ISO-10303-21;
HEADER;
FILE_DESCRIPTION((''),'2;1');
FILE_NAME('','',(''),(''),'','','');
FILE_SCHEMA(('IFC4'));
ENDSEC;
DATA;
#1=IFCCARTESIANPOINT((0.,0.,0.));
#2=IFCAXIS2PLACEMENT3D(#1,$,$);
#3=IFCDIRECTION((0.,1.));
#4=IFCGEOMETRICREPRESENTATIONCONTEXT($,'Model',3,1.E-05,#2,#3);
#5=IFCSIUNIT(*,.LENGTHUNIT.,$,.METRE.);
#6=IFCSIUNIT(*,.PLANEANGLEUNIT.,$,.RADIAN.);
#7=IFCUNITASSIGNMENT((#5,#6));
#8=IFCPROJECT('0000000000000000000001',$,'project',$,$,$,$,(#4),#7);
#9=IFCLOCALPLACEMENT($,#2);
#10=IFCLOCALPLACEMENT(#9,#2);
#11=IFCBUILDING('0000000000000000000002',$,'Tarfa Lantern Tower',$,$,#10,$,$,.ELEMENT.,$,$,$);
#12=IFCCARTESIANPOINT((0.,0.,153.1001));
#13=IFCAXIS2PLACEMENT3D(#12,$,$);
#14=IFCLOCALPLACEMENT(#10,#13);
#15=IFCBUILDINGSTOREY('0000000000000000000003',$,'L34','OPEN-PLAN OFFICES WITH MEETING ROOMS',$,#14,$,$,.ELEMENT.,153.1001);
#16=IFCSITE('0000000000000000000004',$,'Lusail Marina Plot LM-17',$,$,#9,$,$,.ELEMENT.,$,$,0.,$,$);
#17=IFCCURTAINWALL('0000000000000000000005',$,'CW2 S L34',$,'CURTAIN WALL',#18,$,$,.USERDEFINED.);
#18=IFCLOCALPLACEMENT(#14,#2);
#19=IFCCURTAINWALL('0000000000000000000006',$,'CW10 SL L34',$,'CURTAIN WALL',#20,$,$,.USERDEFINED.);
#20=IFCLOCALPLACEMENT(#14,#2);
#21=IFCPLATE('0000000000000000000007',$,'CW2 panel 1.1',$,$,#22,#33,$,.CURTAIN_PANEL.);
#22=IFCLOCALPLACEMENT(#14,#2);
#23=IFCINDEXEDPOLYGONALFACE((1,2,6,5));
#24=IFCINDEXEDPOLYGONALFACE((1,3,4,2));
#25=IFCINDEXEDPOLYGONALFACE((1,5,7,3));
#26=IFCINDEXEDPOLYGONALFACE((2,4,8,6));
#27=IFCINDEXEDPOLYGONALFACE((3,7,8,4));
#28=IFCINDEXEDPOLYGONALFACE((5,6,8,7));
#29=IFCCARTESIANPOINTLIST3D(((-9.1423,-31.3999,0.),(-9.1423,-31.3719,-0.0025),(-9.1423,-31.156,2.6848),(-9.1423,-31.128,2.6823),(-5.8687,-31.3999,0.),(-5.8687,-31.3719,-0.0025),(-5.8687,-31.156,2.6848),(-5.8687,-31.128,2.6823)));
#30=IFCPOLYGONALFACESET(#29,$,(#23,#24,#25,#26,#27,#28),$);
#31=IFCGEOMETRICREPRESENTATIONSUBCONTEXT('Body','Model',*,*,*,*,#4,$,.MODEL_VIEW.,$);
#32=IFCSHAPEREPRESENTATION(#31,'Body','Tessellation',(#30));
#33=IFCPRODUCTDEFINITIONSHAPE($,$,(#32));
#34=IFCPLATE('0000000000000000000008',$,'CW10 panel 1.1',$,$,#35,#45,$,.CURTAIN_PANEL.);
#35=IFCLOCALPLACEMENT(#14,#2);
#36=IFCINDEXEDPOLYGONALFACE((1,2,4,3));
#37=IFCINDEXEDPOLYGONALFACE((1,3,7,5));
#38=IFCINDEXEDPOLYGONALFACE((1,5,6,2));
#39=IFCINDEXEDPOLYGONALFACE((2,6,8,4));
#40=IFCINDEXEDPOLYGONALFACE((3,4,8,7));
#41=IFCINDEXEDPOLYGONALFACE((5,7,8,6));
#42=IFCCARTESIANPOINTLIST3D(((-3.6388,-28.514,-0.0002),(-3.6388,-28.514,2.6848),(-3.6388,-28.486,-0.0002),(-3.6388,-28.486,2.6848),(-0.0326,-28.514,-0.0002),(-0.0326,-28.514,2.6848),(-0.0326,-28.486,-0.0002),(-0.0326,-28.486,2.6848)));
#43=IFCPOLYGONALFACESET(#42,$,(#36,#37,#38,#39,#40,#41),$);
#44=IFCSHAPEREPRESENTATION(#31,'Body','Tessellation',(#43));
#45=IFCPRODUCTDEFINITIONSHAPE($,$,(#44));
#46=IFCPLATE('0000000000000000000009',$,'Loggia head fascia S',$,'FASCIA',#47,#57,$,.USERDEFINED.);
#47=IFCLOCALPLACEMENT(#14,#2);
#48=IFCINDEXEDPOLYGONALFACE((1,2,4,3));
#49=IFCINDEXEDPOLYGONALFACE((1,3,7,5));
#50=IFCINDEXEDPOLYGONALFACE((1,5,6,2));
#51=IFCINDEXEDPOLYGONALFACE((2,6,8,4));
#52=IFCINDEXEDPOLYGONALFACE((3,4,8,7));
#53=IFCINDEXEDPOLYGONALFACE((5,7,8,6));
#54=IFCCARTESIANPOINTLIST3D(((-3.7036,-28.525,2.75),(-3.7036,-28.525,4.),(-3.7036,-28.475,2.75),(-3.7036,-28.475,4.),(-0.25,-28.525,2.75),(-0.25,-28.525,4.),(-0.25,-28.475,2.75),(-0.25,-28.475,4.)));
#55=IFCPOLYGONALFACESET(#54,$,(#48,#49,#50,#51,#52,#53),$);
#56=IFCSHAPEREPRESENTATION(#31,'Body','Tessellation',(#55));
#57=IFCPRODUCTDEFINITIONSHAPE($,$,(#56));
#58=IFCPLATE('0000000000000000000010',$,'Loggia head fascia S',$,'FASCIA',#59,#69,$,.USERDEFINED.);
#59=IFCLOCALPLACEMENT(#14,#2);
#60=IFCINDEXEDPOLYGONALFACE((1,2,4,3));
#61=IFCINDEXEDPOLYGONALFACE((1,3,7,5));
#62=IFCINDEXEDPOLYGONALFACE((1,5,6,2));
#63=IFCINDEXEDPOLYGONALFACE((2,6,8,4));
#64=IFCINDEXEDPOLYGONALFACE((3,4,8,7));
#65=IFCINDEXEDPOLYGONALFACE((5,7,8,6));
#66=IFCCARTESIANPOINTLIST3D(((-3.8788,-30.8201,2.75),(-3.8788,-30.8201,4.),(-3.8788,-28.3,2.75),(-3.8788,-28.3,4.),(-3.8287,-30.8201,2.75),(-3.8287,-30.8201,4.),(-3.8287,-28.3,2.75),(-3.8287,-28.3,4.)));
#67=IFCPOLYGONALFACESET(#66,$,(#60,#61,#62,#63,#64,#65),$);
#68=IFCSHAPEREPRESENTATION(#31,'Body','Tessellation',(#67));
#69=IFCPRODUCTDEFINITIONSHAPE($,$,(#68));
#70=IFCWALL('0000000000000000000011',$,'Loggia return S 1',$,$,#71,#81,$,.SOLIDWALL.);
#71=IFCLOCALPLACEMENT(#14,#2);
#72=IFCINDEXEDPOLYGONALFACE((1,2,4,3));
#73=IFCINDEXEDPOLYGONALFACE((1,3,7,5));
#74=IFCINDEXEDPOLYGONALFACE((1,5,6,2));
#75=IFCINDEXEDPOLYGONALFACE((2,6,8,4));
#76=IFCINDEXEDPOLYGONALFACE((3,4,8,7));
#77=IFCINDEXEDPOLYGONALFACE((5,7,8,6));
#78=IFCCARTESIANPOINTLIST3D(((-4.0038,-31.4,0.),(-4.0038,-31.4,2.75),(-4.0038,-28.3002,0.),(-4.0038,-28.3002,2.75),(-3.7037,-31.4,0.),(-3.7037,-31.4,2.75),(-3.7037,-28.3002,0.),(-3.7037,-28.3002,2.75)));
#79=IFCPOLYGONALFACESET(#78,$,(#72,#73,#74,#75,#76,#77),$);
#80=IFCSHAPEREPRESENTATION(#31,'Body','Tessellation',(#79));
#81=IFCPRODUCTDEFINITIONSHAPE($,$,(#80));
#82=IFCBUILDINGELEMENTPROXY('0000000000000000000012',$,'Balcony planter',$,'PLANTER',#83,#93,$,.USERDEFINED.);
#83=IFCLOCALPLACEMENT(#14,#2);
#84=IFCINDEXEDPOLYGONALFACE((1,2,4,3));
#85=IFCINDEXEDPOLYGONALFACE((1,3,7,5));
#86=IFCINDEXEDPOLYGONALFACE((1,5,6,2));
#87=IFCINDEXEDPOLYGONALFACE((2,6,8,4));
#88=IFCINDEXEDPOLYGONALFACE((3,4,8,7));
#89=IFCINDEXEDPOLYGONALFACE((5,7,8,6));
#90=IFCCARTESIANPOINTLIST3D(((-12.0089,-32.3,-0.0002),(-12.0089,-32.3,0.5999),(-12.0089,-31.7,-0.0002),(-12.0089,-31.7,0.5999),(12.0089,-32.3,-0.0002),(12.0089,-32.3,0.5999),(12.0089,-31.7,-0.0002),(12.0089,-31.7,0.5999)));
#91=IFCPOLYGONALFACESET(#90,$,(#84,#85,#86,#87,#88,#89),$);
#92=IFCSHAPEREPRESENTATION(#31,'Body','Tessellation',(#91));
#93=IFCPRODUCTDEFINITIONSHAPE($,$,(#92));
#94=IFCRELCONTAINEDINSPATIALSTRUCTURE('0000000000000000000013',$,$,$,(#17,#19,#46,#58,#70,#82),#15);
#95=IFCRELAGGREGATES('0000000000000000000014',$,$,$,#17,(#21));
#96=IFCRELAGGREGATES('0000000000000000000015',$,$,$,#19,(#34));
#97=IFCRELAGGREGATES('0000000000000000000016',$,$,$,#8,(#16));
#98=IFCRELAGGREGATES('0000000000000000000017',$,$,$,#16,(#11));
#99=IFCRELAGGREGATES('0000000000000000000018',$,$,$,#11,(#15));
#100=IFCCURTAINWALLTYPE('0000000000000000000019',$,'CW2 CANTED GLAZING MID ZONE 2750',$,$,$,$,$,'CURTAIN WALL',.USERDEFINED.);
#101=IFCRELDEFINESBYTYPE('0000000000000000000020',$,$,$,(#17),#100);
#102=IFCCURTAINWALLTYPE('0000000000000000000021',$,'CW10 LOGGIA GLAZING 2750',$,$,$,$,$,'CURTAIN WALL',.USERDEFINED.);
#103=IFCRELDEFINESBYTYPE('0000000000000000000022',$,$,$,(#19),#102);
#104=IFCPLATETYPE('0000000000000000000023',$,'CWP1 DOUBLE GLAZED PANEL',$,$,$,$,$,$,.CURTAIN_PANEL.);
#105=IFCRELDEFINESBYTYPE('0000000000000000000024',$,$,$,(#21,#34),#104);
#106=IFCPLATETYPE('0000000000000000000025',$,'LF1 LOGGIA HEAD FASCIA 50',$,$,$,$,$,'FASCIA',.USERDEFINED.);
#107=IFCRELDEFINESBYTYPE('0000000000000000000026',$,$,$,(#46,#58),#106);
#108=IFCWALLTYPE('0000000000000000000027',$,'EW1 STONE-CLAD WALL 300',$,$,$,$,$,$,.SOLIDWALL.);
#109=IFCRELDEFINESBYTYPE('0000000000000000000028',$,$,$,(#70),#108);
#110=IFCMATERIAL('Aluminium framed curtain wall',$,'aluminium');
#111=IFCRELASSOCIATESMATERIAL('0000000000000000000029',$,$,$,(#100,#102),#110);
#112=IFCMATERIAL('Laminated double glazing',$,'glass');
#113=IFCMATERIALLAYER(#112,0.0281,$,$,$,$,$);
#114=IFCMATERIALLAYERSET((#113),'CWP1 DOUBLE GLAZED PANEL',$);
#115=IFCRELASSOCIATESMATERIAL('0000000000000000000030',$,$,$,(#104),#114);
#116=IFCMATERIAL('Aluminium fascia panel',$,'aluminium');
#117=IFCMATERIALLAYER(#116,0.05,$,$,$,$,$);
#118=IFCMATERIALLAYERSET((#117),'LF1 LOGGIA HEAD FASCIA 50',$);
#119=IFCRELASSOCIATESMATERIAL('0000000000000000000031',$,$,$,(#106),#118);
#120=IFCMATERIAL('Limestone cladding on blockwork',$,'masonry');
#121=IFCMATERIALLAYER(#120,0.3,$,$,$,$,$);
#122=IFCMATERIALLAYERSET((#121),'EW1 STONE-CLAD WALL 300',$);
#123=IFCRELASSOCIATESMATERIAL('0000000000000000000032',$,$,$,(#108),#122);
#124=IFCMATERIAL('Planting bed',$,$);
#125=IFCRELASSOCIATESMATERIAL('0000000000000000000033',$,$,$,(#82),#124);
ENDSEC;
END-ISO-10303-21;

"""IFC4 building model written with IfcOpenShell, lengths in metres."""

from ifc_helpers import new_model, si_unit, direction, frame, frame_2d, origin, origin_2d, place, context, subcontext, project, spatial, polyline, rectangle, outline, extrude, material, layer, layer_set, type_object, element, aggregate, save


model = new_model("IFC4")

# Units and contexts
model_context = context("Model", 3, precision=1e-05, world=origin(), true_north=direction((0.0, 1.0)))
body_context = subcontext(model_context, "Body", "Model", "MODEL_VIEW")
ifc_project = project(units=[si_unit("LENGTHUNIT", "METRE"), si_unit("PLANEANGLEUNIT", "RADIAN")], contexts=[model_context])

# Site, building, storey
site_placement = place(None, origin())
site = spatial("IfcSite", under=ifc_project, at=site_placement, Name="Lusail Marina Plot LM-17", CompositionType="ELEMENT", RefElevation=0.0)
building_placement = place(site_placement, origin())
building = spatial("IfcBuilding", under=site, at=building_placement, Name="Tarfa Lantern Tower", CompositionType="ELEMENT")
storey_placement = place(building_placement, frame((0.0, 0.0, 153.1001)))
storey = spatial("IfcBuildingStorey", under=building, at=storey_placement, Name="L34", Description="OPEN-PLAN OFFICES WITH MEETING ROOMS", CompositionType="ELEMENT", Elevation=153.1001)

# Shared definitions
ifc_material_1 = material(Name="Aluminium framed curtain wall", Category="aluminium")
curtain_wall_type_1 = type_object("IfcCurtainWallType", Name="CW2 CANTED GLAZING MID ZONE 2750", ElementType="CURTAIN WALL", PredefinedType="USERDEFINED", material=ifc_material_1)

# Curtain walls
curtain_wall_1_placement = place(storey_placement, origin())
curtain_wall_1 = element("IfcCurtainWall", 1, at=curtain_wall_1_placement, inside=storey, type_object=curtain_wall_type_1, Name="CW2 S L34", ObjectType="CURTAIN WALL", PredefinedType="USERDEFINED")
curtain_wall_type_2 = type_object("IfcCurtainWallType", Name="CW10 LOGGIA GLAZING 2750", ElementType="CURTAIN WALL", PredefinedType="USERDEFINED", material=ifc_material_1)
curtain_wall_2_placement = place(storey_placement, origin())
curtain_wall_2 = element("IfcCurtainWall", 2, at=curtain_wall_2_placement, inside=storey, type_object=curtain_wall_type_2, Name="CW10 SL L34", ObjectType="CURTAIN WALL", PredefinedType="USERDEFINED")

# Plates
ifc_material_2 = material(Name="Laminated double glazing", Category="glass")
ifc_layer_1 = layer(ifc_material_2, 0.0281)
ifc_layer_set_1 = layer_set([ifc_layer_1], Name="CWP1 DOUBLE GLAZED PANEL")
plate_type_1 = type_object("IfcPlateType", Name="CWP1 DOUBLE GLAZED PANEL", PredefinedType="CURTAIN_PANEL", material=ifc_layer_set_1)
plate_1_placement = place(storey_placement, frame((-9.1423, -31.3999, 0.0), z_axis=(0.0, -0.995899, 0.09047), x_axis=(1.0, 0.0, 0.0)))
plate_1 = element("IfcPlate", 3, at=plate_1_placement, type_object=plate_type_1, Name="CW2 panel 1.1", PredefinedType="CURTAIN_PANEL", context=body_context, shape_type="SweptSolid", body=[
    extrude(outline(polyline([(0.0, 0.0), (3.2737, 0.0), (3.2737, 2.6959), (0.0, 2.6959), (0.0, 0.0)])), origin(), (0.0, 0.0, -1.0), 0.0281),
])
aggregate(curtain_wall_1, [plate_1])
plate_2_placement = place(storey_placement, frame((-1.8357, -28.5, -0.0002), z_axis=(0.0, 0.0, 1.0), x_axis=(1.0, 0.0, 0.0)))
plate_2 = element("IfcPlate", 4, at=plate_2_placement, type_object=plate_type_1, Name="CW10 panel 1.1", PredefinedType="CURTAIN_PANEL", context=body_context, shape_type="SweptSolid", body=[
    extrude(rectangle(XDim=3.6062, YDim=0.0281, at=origin_2d()), origin(), (0.0, 0.0, 1.0), 2.6851),
])
aggregate(curtain_wall_2, [plate_2])

# Plates
ifc_material_3 = material(Name="Aluminium fascia panel", Category="aluminium")
ifc_layer_2 = layer(ifc_material_3, 0.05)
ifc_layer_set_2 = layer_set([ifc_layer_2], Name="LF1 LOGGIA HEAD FASCIA 50")
plate_type_2 = type_object("IfcPlateType", Name="LF1 LOGGIA HEAD FASCIA 50", ElementType="FASCIA", PredefinedType="USERDEFINED", material=ifc_layer_set_2)
plate_3_placement = place(storey_placement, frame((-1.9768, -28.5, 2.75), z_axis=(0.0, 0.0, 1.0), x_axis=(1.0, 0.0, 0.0)))
element("IfcPlate", 5, at=plate_3_placement, inside=storey, type_object=plate_type_2, Name="Loggia head fascia S", ObjectType="FASCIA", PredefinedType="USERDEFINED", context=body_context, shape_type="SweptSolid", body=[
    extrude(rectangle(XDim=3.4536, YDim=0.05, at=origin_2d()), origin(), (0.0, 0.0, 1.0), 1.25),
])
plate_4_placement = place(storey_placement, frame((-3.8538, -29.5601, 2.75), z_axis=(0.0, 0.0, 1.0), x_axis=(0.0, 1.0, 0.0)))
element("IfcPlate", 6, at=plate_4_placement, inside=storey, type_object=plate_type_2, Name="Loggia head fascia S", ObjectType="FASCIA", PredefinedType="USERDEFINED", context=body_context, shape_type="SweptSolid", body=[
    extrude(rectangle(XDim=2.52, YDim=0.05, at=origin_2d()), origin(), (0.0, 0.0, 1.0), 1.25),
])

# Wall
ifc_material_4 = material(Name="Limestone cladding on blockwork", Category="masonry")
ifc_layer_3 = layer(ifc_material_4, 0.3)
ifc_layer_set_3 = layer_set([ifc_layer_3], Name="EW1 STONE-CLAD WALL 300")
wall_type = type_object("IfcWallType", Name="EW1 STONE-CLAD WALL 300", PredefinedType="SOLIDWALL", material=ifc_layer_set_3)
wall_placement = place(storey_placement, frame((-3.8538, -31.3999, 0.0), z_axis=(0.0, 0.0, 1.0), x_axis=(0.0, 1.0, 0.0)))
element("IfcWall", 7, at=wall_placement, inside=storey, type_object=wall_type, Name="Loggia return S 1", PredefinedType="SOLIDWALL", context=body_context, shape_type="SweptSolid", body=[
    extrude(rectangle(XDim=3.0999, YDim=0.3, at=frame_2d((1.5498, 0.0))), origin(), (0.0, 0.0, 1.0), 2.75),
])

# Building element proxy
ifc_material_5 = material(Name="Planting bed")
proxy_placement = place(storey_placement, frame((0.0, -32.0, -0.0002), z_axis=(0.0, 0.0, 1.0), x_axis=(1.0, 0.0, 0.0)))
element("IfcBuildingElementProxy", 8, at=proxy_placement, inside=storey, material=ifc_material_5, Name="Balcony planter", ObjectType="PLANTER", PredefinedType="USERDEFINED", context=body_context, shape_type="SweptSolid", body=[
    extrude(rectangle(XDim=24.0178, YDim=0.6001, at=origin_2d()), origin(), (0.0, 0.0, 1.0), 0.6001),
])

save(model, "model.ifc")
